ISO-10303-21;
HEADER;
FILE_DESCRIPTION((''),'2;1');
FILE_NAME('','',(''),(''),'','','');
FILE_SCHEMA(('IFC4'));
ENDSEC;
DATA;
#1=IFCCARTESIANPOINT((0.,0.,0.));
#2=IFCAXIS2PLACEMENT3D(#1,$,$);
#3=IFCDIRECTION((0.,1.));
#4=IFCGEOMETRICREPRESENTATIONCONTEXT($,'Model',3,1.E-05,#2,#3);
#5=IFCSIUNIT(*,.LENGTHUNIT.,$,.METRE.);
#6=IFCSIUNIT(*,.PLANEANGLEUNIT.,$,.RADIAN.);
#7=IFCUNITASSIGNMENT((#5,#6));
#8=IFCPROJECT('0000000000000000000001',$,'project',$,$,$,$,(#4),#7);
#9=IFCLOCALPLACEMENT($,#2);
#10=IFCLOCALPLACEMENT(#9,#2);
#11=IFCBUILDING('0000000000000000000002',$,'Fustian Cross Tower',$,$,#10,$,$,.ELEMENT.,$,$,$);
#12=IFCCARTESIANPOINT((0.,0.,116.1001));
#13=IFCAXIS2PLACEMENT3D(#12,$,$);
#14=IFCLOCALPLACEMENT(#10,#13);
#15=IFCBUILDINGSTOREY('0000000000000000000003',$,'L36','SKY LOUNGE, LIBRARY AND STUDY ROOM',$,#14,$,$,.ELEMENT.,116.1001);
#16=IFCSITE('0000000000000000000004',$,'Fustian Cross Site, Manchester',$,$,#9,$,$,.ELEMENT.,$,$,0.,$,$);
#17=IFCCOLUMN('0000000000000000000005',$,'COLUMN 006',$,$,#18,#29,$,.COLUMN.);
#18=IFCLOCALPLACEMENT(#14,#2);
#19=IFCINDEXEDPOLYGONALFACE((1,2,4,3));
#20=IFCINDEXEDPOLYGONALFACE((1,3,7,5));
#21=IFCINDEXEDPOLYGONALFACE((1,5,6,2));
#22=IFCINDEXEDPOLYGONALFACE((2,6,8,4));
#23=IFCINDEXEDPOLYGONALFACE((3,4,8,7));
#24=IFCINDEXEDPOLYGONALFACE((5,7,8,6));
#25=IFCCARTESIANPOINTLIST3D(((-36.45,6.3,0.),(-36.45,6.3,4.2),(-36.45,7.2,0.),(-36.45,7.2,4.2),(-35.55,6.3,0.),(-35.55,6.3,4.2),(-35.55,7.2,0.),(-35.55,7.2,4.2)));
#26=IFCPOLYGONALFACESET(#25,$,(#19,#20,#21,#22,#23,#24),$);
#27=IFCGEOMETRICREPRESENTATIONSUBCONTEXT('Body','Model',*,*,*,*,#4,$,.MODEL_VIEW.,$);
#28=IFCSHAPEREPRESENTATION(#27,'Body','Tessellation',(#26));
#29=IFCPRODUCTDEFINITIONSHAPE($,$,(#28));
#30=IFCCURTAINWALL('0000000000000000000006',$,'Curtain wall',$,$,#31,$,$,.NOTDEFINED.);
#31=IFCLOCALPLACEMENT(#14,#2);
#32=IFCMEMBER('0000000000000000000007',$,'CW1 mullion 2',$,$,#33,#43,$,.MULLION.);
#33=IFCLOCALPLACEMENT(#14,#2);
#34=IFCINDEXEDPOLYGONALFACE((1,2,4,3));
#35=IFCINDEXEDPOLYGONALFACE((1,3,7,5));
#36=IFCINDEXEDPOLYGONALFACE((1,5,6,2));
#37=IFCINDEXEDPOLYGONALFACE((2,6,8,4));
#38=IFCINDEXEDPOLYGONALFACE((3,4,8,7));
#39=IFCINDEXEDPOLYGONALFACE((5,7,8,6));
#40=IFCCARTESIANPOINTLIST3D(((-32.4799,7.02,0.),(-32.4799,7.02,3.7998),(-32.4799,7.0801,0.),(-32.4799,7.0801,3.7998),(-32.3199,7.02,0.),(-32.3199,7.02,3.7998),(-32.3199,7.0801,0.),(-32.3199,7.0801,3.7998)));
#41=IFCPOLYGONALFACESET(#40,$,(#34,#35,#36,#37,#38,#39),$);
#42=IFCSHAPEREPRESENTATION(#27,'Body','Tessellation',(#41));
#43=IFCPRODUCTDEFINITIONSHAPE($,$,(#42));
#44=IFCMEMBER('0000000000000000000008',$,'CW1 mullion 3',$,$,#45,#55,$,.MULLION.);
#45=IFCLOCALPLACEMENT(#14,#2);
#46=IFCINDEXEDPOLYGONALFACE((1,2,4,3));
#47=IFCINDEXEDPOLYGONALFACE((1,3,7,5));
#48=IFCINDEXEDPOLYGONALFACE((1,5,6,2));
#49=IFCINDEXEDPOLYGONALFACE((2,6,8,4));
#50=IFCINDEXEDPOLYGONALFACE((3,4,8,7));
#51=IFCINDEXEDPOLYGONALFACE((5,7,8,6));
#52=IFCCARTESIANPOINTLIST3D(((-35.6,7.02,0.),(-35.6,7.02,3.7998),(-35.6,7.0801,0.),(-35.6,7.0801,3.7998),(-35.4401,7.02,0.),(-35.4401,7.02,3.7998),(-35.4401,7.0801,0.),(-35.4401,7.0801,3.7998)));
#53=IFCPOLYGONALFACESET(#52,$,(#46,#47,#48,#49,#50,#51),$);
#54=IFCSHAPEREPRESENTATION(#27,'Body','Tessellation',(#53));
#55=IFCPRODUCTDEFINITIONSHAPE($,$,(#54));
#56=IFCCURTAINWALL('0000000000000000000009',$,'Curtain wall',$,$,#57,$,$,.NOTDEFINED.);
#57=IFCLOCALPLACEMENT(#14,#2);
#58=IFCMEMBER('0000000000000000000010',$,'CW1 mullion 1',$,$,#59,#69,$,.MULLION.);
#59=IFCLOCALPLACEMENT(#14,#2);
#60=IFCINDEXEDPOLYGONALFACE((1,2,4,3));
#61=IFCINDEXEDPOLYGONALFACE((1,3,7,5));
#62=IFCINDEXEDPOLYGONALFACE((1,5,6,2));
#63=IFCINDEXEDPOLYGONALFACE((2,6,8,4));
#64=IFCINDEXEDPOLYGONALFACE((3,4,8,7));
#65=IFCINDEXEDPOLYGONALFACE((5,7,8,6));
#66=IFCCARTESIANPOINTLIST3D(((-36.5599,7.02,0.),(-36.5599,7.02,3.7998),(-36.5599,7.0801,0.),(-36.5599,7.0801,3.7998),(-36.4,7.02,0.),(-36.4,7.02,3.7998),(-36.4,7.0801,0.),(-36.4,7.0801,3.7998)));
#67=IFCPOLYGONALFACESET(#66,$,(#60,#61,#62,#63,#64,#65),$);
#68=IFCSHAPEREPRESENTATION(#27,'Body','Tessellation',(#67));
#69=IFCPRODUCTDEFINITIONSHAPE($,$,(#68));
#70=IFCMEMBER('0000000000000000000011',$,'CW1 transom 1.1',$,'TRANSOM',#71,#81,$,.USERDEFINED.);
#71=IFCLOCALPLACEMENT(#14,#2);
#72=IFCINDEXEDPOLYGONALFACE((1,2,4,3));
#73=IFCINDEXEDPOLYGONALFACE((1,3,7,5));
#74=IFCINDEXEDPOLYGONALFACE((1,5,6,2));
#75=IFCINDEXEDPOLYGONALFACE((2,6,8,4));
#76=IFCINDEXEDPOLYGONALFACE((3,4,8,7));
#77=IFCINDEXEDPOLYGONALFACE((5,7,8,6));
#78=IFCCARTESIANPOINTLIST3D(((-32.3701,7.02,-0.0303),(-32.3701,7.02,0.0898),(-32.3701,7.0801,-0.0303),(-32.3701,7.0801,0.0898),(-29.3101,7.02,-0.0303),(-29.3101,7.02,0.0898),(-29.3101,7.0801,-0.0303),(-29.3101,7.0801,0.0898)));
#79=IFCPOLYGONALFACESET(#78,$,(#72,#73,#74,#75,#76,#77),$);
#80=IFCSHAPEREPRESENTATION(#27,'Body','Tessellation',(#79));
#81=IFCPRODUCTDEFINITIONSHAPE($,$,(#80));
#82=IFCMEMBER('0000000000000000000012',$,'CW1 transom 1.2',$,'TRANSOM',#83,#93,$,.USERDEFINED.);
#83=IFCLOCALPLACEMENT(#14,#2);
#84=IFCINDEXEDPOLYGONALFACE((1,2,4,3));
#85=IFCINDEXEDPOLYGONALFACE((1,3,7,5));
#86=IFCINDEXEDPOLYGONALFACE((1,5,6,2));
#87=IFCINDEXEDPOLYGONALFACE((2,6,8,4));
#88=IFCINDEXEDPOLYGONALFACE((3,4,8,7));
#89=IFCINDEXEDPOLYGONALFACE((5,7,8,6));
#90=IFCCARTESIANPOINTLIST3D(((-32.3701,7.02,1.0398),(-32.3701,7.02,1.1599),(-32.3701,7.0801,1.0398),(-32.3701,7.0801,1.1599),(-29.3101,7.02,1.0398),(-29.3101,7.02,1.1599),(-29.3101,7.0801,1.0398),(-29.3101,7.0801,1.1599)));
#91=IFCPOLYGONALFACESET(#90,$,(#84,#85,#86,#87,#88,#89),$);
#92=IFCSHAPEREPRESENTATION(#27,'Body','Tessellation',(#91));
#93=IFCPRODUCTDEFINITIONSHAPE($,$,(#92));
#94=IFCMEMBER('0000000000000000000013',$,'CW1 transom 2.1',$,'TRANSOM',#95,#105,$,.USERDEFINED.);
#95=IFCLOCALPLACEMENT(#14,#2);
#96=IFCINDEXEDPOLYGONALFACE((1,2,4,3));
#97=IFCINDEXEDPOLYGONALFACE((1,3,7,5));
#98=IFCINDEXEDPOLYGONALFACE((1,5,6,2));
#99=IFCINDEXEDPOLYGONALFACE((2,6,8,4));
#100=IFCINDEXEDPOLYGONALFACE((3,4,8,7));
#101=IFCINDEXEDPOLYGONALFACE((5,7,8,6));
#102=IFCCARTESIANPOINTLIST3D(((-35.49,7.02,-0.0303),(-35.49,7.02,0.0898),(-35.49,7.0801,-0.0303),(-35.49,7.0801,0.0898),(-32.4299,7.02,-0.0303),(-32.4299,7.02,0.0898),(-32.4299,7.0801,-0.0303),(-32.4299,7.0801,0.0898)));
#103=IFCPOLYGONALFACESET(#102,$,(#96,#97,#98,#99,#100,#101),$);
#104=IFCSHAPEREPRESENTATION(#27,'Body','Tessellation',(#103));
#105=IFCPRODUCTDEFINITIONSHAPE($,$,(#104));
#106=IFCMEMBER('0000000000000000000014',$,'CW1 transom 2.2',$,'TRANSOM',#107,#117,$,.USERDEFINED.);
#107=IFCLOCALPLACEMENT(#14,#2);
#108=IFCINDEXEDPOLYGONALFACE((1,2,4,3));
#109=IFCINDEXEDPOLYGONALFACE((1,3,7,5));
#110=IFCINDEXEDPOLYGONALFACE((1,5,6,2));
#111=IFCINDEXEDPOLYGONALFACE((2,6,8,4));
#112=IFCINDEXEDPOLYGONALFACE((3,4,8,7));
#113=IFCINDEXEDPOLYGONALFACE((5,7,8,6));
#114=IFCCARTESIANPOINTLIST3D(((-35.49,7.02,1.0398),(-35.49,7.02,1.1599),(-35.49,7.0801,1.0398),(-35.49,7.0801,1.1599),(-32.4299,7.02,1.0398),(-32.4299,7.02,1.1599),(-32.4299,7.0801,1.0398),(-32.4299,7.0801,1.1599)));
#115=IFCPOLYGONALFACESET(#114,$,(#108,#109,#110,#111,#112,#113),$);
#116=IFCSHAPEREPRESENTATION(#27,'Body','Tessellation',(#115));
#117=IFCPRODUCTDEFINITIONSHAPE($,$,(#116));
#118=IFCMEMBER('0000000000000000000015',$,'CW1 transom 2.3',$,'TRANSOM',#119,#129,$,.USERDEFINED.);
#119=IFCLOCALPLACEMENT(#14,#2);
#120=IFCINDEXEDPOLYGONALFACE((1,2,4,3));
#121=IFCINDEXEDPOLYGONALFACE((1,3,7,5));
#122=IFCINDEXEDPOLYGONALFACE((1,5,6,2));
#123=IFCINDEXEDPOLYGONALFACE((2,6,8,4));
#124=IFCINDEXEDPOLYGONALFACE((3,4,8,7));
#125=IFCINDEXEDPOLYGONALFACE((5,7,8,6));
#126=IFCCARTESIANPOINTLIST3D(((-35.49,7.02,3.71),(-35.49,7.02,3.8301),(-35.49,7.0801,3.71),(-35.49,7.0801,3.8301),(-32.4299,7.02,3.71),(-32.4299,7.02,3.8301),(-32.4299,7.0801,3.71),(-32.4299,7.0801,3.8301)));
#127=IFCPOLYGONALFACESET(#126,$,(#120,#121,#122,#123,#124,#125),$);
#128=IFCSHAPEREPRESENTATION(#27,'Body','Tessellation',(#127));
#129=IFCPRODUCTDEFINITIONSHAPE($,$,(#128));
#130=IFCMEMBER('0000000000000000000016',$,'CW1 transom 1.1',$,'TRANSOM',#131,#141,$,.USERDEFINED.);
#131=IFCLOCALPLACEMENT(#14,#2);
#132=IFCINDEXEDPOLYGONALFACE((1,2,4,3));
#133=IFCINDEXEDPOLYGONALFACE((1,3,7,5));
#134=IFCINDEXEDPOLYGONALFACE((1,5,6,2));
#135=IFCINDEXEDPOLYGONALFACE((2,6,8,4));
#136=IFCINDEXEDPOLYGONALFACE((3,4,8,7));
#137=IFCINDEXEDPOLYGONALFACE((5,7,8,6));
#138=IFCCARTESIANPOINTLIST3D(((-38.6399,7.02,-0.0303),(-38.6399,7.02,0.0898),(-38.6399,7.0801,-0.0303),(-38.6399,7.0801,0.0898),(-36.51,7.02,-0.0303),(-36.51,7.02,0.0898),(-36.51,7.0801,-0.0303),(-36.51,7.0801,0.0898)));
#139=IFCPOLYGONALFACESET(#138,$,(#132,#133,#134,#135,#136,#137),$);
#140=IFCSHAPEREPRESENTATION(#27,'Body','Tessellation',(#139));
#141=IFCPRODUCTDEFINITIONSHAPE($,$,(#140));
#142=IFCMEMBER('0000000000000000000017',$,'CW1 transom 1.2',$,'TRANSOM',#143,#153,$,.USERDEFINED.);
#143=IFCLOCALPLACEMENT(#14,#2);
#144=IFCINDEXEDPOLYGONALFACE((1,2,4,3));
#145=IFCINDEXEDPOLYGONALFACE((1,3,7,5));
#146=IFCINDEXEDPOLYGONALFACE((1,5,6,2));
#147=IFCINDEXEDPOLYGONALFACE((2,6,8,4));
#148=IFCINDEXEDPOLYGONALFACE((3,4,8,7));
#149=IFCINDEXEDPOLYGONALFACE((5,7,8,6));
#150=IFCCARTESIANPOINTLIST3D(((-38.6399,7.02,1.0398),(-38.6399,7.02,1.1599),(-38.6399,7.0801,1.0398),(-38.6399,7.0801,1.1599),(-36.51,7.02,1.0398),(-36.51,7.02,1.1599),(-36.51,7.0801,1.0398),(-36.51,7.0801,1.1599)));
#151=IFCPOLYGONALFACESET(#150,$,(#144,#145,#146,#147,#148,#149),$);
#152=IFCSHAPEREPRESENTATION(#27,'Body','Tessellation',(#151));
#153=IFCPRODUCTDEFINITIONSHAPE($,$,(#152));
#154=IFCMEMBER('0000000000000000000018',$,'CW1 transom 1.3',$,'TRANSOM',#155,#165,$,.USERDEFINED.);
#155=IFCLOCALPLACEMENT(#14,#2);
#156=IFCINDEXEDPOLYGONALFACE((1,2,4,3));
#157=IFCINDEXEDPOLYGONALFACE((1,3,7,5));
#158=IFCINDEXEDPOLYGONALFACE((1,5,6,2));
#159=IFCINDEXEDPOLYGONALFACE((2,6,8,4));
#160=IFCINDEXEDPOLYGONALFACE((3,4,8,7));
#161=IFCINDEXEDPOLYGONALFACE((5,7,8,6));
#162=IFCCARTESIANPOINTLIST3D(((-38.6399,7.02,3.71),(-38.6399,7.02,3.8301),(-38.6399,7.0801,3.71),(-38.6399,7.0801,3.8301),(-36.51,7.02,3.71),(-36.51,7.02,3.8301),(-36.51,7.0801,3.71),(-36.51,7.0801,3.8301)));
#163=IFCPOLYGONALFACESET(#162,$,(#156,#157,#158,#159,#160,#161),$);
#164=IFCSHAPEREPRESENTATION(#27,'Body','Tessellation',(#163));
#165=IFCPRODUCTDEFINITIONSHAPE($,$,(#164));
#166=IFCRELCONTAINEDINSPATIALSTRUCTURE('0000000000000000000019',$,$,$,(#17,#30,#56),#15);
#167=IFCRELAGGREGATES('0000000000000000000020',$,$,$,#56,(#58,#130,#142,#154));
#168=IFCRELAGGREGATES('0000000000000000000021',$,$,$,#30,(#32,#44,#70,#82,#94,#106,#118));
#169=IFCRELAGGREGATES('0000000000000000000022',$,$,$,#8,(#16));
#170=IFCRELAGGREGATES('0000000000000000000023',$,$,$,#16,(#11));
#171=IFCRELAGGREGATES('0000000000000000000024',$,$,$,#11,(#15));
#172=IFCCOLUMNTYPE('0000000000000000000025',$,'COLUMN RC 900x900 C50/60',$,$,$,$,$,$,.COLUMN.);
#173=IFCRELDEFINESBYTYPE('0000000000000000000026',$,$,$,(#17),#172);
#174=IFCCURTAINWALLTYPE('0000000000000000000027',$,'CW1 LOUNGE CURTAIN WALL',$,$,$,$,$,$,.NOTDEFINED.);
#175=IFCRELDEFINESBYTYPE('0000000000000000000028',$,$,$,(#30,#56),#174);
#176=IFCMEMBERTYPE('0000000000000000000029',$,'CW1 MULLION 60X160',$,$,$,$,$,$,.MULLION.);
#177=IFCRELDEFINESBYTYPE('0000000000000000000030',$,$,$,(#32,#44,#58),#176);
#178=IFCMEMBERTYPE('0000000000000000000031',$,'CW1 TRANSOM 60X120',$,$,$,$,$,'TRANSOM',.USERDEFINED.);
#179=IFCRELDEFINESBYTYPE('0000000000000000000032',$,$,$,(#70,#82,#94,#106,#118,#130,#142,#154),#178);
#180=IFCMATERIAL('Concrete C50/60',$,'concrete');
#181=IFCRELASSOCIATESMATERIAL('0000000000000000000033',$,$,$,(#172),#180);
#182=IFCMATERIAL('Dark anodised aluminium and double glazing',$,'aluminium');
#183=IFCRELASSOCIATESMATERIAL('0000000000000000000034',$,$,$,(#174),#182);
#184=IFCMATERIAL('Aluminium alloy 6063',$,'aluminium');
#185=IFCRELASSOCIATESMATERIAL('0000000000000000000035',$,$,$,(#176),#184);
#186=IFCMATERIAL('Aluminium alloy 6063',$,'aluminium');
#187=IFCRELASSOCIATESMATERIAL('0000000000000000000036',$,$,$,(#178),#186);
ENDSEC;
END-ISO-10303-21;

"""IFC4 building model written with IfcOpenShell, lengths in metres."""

from ifc_helpers import new_model, si_unit, direction, frame, origin, origin_2d, place, context, subcontext, project, spatial, rectangle, extrude, material, material_profile, profile_set, type_object, element, aggregate, save


model = new_model("IFC4")

# Units and contexts
model_context = context("Model", 3, precision=1e-05, world=origin(), true_north=direction((0.0, 1.0)))
body_context = subcontext(model_context, "Body", "Model", "MODEL_VIEW")
ifc_project = project(units=[si_unit("LENGTHUNIT", "METRE"), si_unit("PLANEANGLEUNIT", "RADIAN")], contexts=[model_context])

# Site, building, storey
site_placement = place(None, origin())
site = spatial("IfcSite", under=ifc_project, at=site_placement, Name="Fustian Cross Site, Manchester", CompositionType="ELEMENT", RefElevation=0.0)
building_placement = place(site_placement, origin())
building = spatial("IfcBuilding", under=site, at=building_placement, Name="Fustian Cross Tower", CompositionType="ELEMENT")
storey_placement = place(building_placement, frame((0.0, 0.0, 116.1001)))
storey = spatial("IfcBuildingStorey", under=building, at=storey_placement, Name="L36", Description="SKY LOUNGE, LIBRARY AND STUDY ROOM", CompositionType="ELEMENT", Elevation=116.1001)

# Column
ifc_material_1 = material(Name="Concrete C50/60", Category="concrete")
ifc_material_profile_1 = material_profile(ifc_material_1, rectangle(XDim=0.8999, YDim=0.8999, at=origin_2d()), Name="RC 900x900")
ifc_profile_set_1 = profile_set([ifc_material_profile_1], Name="Concrete C50/60")
column_type = type_object("IfcColumnType", Name="COLUMN RC 900x900 C50/60", PredefinedType="COLUMN", material=ifc_profile_set_1)
column_placement = place(storey_placement, frame((-36.0, 6.75, 0.0), z_axis=(0.0, 0.0, 1.0), x_axis=(1.0, 0.0, 0.0)))
element("IfcColumn", 1, at=column_placement, inside=storey, type_object=column_type, Name="COLUMN 006", PredefinedType="COLUMN", context=body_context, shape_type="SweptSolid", body=[
    extrude(rectangle(XDim=0.8999, YDim=0.8999, at=origin_2d()), origin(), (0.0, 0.0, 1.0), 4.2),
])

# Curtain wall, members
ifc_material_2 = material(Name="Dark anodised aluminium and double glazing", Category="aluminium")
curtain_wall_type = type_object("IfcCurtainWallType", Name="CW1 LOUNGE CURTAIN WALL", PredefinedType="NOTDEFINED", material=ifc_material_2)
curtain_wall_1_placement = place(storey_placement, origin())
curtain_wall_1 = element("IfcCurtainWall", 2, at=curtain_wall_1_placement, inside=storey, type_object=curtain_wall_type, Name="Curtain wall", PredefinedType="NOTDEFINED")
ifc_material_3 = material(Name="Aluminium alloy 6063", Category="aluminium")
ifc_material_profile_2 = material_profile(ifc_material_3, rectangle(XDim=0.0601, YDim=0.1599, at=origin_2d()), Name="CW1 MULLION 60X160")
ifc_profile_set_2 = profile_set([ifc_material_profile_2], Name="Aluminium alloy 6063")
member_type_1 = type_object("IfcMemberType", Name="CW1 MULLION 60X160", PredefinedType="MULLION", material=ifc_profile_set_2)
member_1_placement = place(storey_placement, frame((-32.3999, 7.05, 0.0), z_axis=(0.0, 0.0, 1.0), x_axis=(0.0, -1.0, 0.0)))
member_1 = element("IfcMember", 3, at=member_1_placement, type_object=member_type_1, Name="CW1 mullion 2", PredefinedType="MULLION", context=body_context, shape_type="SweptSolid", body=[
    extrude(rectangle(XDim=0.0601, YDim=0.1599, at=origin_2d()), origin(), (0.0, 0.0, 1.0), 3.7998),
])
member_2_placement = place(storey_placement, frame((-35.52, 7.05, 0.0), z_axis=(0.0, 0.0, 1.0), x_axis=(0.0, -1.0, 0.0)))
member_2 = element("IfcMember", 4, at=member_2_placement, type_object=member_type_1, Name="CW1 mullion 3", PredefinedType="MULLION", context=body_context, shape_type="SweptSolid", body=[
    extrude(rectangle(XDim=0.0601, YDim=0.1599, at=origin_2d()), origin(), (0.0, 0.0, 1.0), 3.7998),
])

# Curtain wall, member
curtain_wall_2_placement = place(storey_placement, origin())
curtain_wall_2 = element("IfcCurtainWall", 5, at=curtain_wall_2_placement, inside=storey, type_object=curtain_wall_type, Name="Curtain wall", PredefinedType="NOTDEFINED")
member_3_placement = place(storey_placement, frame((-36.48, 7.05, 0.0), z_axis=(0.0, 0.0, 1.0), x_axis=(0.0, -1.0, 0.0)))
member_3 = element("IfcMember", 6, at=member_3_placement, type_object=member_type_1, Name="CW1 mullion 1", PredefinedType="MULLION", context=body_context, shape_type="SweptSolid", body=[
    extrude(rectangle(XDim=0.0601, YDim=0.1599, at=origin_2d()), origin(), (0.0, 0.0, 1.0), 3.7998),
])

# Members
ifc_material_4 = material(Name="Aluminium alloy 6063", Category="aluminium")
ifc_material_profile_3 = material_profile(ifc_material_4, rectangle(XDim=0.0601, YDim=0.1201, at=origin_2d()), Name="CW1 TRANSOM 60X120")
ifc_profile_set_3 = profile_set([ifc_material_profile_3], Name="Aluminium alloy 6063")
member_type_2 = type_object("IfcMemberType", Name="CW1 TRANSOM 60X120", ElementType="TRANSOM", PredefinedType="USERDEFINED", material=ifc_profile_set_3)
member_4_placement = place(storey_placement, frame((-29.3101, 7.05, 0.0298), z_axis=(-1.0, 0.0, 0.0), x_axis=(0.0, -1.0, 0.0)))
member_4 = element("IfcMember", 7, at=member_4_placement, type_object=member_type_2, Name="CW1 transom 1.1", ObjectType="TRANSOM", PredefinedType="USERDEFINED", context=body_context, shape_type="SweptSolid", body=[
    extrude(rectangle(XDim=0.0601, YDim=0.1201, at=origin_2d()), origin(), (0.0, 0.0, 1.0), 3.0601),
])
member_5_placement = place(storey_placement, frame((-29.3101, 7.05, 1.0999), z_axis=(-1.0, 0.0, 0.0), x_axis=(0.0, -1.0, 0.0)))
member_5 = element("IfcMember", 8, at=member_5_placement, type_object=member_type_2, Name="CW1 transom 1.2", ObjectType="TRANSOM", PredefinedType="USERDEFINED", context=body_context, shape_type="SweptSolid", body=[
    extrude(rectangle(XDim=0.0601, YDim=0.1201, at=origin_2d()), origin(), (0.0, 0.0, 1.0), 3.0601),
])
member_6_placement = place(storey_placement, frame((-32.4299, 7.05, 0.0298), z_axis=(-1.0, 0.0, 0.0), x_axis=(0.0, -1.0, 0.0)))
member_6 = element("IfcMember", 9, at=member_6_placement, type_object=member_type_2, Name="CW1 transom 2.1", ObjectType="TRANSOM", PredefinedType="USERDEFINED", context=body_context, shape_type="SweptSolid", body=[
    extrude(rectangle(XDim=0.0601, YDim=0.1201, at=origin_2d()), origin(), (0.0, 0.0, 1.0), 3.0601),
])
member_7_placement = place(storey_placement, frame((-32.4299, 7.05, 1.0999), z_axis=(-1.0, 0.0, 0.0), x_axis=(0.0, -1.0, 0.0)))
member_7 = element("IfcMember", 10, at=member_7_placement, type_object=member_type_2, Name="CW1 transom 2.2", ObjectType="TRANSOM", PredefinedType="USERDEFINED", context=body_context, shape_type="SweptSolid", body=[
    extrude(rectangle(XDim=0.0601, YDim=0.1201, at=origin_2d()), origin(), (0.0, 0.0, 1.0), 3.0601),
])
member_8_placement = place(storey_placement, frame((-32.4299, 7.05, 3.77), z_axis=(-1.0, 0.0, 0.0), x_axis=(0.0, -1.0, 0.0)))
member_8 = element("IfcMember", 11, at=member_8_placement, type_object=member_type_2, Name="CW1 transom 2.3", ObjectType="TRANSOM", PredefinedType="USERDEFINED", context=body_context, shape_type="SweptSolid", body=[
    extrude(rectangle(XDim=0.0601, YDim=0.1201, at=origin_2d()), origin(), (0.0, 0.0, 1.0), 3.0601),
])
member_9_placement = place(storey_placement, frame((-36.51, 7.05, 0.0298), z_axis=(-1.0, 0.0, 0.0), x_axis=(0.0, -1.0, 0.0)))
member_9 = element("IfcMember", 12, at=member_9_placement, type_object=member_type_2, Name="CW1 transom 1.1", ObjectType="TRANSOM", PredefinedType="USERDEFINED", context=body_context, shape_type="SweptSolid", body=[
    extrude(rectangle(XDim=0.0601, YDim=0.1201, at=origin_2d()), origin(), (0.0, 0.0, 1.0), 2.1299),
])
member_10_placement = place(storey_placement, frame((-36.51, 7.05, 1.0999), z_axis=(-1.0, 0.0, 0.0), x_axis=(0.0, -1.0, 0.0)))
member_10 = element("IfcMember", 13, at=member_10_placement, type_object=member_type_2, Name="CW1 transom 1.2", ObjectType="TRANSOM", PredefinedType="USERDEFINED", context=body_context, shape_type="SweptSolid", body=[
    extrude(rectangle(XDim=0.0601, YDim=0.1201, at=origin_2d()), origin(), (0.0, 0.0, 1.0), 2.1299),
])
member_11_placement = place(storey_placement, frame((-36.51, 7.05, 3.77), z_axis=(-1.0, 0.0, 0.0), x_axis=(0.0, -1.0, 0.0)))
member_11 = element("IfcMember", 14, at=member_11_placement, type_object=member_type_2, Name="CW1 transom 1.3", ObjectType="TRANSOM", PredefinedType="USERDEFINED", context=body_context, shape_type="SweptSolid", body=[
    extrude(rectangle(XDim=0.0601, YDim=0.1201, at=origin_2d()), origin(), (0.0, 0.0, 1.0), 2.1299),
])
aggregate(curtain_wall_2, [member_3, member_9, member_10, member_11])

aggregate(curtain_wall_1, [member_1, member_2, member_4, member_5, member_6, member_7, member_8])

save(model, "model.ifc")
